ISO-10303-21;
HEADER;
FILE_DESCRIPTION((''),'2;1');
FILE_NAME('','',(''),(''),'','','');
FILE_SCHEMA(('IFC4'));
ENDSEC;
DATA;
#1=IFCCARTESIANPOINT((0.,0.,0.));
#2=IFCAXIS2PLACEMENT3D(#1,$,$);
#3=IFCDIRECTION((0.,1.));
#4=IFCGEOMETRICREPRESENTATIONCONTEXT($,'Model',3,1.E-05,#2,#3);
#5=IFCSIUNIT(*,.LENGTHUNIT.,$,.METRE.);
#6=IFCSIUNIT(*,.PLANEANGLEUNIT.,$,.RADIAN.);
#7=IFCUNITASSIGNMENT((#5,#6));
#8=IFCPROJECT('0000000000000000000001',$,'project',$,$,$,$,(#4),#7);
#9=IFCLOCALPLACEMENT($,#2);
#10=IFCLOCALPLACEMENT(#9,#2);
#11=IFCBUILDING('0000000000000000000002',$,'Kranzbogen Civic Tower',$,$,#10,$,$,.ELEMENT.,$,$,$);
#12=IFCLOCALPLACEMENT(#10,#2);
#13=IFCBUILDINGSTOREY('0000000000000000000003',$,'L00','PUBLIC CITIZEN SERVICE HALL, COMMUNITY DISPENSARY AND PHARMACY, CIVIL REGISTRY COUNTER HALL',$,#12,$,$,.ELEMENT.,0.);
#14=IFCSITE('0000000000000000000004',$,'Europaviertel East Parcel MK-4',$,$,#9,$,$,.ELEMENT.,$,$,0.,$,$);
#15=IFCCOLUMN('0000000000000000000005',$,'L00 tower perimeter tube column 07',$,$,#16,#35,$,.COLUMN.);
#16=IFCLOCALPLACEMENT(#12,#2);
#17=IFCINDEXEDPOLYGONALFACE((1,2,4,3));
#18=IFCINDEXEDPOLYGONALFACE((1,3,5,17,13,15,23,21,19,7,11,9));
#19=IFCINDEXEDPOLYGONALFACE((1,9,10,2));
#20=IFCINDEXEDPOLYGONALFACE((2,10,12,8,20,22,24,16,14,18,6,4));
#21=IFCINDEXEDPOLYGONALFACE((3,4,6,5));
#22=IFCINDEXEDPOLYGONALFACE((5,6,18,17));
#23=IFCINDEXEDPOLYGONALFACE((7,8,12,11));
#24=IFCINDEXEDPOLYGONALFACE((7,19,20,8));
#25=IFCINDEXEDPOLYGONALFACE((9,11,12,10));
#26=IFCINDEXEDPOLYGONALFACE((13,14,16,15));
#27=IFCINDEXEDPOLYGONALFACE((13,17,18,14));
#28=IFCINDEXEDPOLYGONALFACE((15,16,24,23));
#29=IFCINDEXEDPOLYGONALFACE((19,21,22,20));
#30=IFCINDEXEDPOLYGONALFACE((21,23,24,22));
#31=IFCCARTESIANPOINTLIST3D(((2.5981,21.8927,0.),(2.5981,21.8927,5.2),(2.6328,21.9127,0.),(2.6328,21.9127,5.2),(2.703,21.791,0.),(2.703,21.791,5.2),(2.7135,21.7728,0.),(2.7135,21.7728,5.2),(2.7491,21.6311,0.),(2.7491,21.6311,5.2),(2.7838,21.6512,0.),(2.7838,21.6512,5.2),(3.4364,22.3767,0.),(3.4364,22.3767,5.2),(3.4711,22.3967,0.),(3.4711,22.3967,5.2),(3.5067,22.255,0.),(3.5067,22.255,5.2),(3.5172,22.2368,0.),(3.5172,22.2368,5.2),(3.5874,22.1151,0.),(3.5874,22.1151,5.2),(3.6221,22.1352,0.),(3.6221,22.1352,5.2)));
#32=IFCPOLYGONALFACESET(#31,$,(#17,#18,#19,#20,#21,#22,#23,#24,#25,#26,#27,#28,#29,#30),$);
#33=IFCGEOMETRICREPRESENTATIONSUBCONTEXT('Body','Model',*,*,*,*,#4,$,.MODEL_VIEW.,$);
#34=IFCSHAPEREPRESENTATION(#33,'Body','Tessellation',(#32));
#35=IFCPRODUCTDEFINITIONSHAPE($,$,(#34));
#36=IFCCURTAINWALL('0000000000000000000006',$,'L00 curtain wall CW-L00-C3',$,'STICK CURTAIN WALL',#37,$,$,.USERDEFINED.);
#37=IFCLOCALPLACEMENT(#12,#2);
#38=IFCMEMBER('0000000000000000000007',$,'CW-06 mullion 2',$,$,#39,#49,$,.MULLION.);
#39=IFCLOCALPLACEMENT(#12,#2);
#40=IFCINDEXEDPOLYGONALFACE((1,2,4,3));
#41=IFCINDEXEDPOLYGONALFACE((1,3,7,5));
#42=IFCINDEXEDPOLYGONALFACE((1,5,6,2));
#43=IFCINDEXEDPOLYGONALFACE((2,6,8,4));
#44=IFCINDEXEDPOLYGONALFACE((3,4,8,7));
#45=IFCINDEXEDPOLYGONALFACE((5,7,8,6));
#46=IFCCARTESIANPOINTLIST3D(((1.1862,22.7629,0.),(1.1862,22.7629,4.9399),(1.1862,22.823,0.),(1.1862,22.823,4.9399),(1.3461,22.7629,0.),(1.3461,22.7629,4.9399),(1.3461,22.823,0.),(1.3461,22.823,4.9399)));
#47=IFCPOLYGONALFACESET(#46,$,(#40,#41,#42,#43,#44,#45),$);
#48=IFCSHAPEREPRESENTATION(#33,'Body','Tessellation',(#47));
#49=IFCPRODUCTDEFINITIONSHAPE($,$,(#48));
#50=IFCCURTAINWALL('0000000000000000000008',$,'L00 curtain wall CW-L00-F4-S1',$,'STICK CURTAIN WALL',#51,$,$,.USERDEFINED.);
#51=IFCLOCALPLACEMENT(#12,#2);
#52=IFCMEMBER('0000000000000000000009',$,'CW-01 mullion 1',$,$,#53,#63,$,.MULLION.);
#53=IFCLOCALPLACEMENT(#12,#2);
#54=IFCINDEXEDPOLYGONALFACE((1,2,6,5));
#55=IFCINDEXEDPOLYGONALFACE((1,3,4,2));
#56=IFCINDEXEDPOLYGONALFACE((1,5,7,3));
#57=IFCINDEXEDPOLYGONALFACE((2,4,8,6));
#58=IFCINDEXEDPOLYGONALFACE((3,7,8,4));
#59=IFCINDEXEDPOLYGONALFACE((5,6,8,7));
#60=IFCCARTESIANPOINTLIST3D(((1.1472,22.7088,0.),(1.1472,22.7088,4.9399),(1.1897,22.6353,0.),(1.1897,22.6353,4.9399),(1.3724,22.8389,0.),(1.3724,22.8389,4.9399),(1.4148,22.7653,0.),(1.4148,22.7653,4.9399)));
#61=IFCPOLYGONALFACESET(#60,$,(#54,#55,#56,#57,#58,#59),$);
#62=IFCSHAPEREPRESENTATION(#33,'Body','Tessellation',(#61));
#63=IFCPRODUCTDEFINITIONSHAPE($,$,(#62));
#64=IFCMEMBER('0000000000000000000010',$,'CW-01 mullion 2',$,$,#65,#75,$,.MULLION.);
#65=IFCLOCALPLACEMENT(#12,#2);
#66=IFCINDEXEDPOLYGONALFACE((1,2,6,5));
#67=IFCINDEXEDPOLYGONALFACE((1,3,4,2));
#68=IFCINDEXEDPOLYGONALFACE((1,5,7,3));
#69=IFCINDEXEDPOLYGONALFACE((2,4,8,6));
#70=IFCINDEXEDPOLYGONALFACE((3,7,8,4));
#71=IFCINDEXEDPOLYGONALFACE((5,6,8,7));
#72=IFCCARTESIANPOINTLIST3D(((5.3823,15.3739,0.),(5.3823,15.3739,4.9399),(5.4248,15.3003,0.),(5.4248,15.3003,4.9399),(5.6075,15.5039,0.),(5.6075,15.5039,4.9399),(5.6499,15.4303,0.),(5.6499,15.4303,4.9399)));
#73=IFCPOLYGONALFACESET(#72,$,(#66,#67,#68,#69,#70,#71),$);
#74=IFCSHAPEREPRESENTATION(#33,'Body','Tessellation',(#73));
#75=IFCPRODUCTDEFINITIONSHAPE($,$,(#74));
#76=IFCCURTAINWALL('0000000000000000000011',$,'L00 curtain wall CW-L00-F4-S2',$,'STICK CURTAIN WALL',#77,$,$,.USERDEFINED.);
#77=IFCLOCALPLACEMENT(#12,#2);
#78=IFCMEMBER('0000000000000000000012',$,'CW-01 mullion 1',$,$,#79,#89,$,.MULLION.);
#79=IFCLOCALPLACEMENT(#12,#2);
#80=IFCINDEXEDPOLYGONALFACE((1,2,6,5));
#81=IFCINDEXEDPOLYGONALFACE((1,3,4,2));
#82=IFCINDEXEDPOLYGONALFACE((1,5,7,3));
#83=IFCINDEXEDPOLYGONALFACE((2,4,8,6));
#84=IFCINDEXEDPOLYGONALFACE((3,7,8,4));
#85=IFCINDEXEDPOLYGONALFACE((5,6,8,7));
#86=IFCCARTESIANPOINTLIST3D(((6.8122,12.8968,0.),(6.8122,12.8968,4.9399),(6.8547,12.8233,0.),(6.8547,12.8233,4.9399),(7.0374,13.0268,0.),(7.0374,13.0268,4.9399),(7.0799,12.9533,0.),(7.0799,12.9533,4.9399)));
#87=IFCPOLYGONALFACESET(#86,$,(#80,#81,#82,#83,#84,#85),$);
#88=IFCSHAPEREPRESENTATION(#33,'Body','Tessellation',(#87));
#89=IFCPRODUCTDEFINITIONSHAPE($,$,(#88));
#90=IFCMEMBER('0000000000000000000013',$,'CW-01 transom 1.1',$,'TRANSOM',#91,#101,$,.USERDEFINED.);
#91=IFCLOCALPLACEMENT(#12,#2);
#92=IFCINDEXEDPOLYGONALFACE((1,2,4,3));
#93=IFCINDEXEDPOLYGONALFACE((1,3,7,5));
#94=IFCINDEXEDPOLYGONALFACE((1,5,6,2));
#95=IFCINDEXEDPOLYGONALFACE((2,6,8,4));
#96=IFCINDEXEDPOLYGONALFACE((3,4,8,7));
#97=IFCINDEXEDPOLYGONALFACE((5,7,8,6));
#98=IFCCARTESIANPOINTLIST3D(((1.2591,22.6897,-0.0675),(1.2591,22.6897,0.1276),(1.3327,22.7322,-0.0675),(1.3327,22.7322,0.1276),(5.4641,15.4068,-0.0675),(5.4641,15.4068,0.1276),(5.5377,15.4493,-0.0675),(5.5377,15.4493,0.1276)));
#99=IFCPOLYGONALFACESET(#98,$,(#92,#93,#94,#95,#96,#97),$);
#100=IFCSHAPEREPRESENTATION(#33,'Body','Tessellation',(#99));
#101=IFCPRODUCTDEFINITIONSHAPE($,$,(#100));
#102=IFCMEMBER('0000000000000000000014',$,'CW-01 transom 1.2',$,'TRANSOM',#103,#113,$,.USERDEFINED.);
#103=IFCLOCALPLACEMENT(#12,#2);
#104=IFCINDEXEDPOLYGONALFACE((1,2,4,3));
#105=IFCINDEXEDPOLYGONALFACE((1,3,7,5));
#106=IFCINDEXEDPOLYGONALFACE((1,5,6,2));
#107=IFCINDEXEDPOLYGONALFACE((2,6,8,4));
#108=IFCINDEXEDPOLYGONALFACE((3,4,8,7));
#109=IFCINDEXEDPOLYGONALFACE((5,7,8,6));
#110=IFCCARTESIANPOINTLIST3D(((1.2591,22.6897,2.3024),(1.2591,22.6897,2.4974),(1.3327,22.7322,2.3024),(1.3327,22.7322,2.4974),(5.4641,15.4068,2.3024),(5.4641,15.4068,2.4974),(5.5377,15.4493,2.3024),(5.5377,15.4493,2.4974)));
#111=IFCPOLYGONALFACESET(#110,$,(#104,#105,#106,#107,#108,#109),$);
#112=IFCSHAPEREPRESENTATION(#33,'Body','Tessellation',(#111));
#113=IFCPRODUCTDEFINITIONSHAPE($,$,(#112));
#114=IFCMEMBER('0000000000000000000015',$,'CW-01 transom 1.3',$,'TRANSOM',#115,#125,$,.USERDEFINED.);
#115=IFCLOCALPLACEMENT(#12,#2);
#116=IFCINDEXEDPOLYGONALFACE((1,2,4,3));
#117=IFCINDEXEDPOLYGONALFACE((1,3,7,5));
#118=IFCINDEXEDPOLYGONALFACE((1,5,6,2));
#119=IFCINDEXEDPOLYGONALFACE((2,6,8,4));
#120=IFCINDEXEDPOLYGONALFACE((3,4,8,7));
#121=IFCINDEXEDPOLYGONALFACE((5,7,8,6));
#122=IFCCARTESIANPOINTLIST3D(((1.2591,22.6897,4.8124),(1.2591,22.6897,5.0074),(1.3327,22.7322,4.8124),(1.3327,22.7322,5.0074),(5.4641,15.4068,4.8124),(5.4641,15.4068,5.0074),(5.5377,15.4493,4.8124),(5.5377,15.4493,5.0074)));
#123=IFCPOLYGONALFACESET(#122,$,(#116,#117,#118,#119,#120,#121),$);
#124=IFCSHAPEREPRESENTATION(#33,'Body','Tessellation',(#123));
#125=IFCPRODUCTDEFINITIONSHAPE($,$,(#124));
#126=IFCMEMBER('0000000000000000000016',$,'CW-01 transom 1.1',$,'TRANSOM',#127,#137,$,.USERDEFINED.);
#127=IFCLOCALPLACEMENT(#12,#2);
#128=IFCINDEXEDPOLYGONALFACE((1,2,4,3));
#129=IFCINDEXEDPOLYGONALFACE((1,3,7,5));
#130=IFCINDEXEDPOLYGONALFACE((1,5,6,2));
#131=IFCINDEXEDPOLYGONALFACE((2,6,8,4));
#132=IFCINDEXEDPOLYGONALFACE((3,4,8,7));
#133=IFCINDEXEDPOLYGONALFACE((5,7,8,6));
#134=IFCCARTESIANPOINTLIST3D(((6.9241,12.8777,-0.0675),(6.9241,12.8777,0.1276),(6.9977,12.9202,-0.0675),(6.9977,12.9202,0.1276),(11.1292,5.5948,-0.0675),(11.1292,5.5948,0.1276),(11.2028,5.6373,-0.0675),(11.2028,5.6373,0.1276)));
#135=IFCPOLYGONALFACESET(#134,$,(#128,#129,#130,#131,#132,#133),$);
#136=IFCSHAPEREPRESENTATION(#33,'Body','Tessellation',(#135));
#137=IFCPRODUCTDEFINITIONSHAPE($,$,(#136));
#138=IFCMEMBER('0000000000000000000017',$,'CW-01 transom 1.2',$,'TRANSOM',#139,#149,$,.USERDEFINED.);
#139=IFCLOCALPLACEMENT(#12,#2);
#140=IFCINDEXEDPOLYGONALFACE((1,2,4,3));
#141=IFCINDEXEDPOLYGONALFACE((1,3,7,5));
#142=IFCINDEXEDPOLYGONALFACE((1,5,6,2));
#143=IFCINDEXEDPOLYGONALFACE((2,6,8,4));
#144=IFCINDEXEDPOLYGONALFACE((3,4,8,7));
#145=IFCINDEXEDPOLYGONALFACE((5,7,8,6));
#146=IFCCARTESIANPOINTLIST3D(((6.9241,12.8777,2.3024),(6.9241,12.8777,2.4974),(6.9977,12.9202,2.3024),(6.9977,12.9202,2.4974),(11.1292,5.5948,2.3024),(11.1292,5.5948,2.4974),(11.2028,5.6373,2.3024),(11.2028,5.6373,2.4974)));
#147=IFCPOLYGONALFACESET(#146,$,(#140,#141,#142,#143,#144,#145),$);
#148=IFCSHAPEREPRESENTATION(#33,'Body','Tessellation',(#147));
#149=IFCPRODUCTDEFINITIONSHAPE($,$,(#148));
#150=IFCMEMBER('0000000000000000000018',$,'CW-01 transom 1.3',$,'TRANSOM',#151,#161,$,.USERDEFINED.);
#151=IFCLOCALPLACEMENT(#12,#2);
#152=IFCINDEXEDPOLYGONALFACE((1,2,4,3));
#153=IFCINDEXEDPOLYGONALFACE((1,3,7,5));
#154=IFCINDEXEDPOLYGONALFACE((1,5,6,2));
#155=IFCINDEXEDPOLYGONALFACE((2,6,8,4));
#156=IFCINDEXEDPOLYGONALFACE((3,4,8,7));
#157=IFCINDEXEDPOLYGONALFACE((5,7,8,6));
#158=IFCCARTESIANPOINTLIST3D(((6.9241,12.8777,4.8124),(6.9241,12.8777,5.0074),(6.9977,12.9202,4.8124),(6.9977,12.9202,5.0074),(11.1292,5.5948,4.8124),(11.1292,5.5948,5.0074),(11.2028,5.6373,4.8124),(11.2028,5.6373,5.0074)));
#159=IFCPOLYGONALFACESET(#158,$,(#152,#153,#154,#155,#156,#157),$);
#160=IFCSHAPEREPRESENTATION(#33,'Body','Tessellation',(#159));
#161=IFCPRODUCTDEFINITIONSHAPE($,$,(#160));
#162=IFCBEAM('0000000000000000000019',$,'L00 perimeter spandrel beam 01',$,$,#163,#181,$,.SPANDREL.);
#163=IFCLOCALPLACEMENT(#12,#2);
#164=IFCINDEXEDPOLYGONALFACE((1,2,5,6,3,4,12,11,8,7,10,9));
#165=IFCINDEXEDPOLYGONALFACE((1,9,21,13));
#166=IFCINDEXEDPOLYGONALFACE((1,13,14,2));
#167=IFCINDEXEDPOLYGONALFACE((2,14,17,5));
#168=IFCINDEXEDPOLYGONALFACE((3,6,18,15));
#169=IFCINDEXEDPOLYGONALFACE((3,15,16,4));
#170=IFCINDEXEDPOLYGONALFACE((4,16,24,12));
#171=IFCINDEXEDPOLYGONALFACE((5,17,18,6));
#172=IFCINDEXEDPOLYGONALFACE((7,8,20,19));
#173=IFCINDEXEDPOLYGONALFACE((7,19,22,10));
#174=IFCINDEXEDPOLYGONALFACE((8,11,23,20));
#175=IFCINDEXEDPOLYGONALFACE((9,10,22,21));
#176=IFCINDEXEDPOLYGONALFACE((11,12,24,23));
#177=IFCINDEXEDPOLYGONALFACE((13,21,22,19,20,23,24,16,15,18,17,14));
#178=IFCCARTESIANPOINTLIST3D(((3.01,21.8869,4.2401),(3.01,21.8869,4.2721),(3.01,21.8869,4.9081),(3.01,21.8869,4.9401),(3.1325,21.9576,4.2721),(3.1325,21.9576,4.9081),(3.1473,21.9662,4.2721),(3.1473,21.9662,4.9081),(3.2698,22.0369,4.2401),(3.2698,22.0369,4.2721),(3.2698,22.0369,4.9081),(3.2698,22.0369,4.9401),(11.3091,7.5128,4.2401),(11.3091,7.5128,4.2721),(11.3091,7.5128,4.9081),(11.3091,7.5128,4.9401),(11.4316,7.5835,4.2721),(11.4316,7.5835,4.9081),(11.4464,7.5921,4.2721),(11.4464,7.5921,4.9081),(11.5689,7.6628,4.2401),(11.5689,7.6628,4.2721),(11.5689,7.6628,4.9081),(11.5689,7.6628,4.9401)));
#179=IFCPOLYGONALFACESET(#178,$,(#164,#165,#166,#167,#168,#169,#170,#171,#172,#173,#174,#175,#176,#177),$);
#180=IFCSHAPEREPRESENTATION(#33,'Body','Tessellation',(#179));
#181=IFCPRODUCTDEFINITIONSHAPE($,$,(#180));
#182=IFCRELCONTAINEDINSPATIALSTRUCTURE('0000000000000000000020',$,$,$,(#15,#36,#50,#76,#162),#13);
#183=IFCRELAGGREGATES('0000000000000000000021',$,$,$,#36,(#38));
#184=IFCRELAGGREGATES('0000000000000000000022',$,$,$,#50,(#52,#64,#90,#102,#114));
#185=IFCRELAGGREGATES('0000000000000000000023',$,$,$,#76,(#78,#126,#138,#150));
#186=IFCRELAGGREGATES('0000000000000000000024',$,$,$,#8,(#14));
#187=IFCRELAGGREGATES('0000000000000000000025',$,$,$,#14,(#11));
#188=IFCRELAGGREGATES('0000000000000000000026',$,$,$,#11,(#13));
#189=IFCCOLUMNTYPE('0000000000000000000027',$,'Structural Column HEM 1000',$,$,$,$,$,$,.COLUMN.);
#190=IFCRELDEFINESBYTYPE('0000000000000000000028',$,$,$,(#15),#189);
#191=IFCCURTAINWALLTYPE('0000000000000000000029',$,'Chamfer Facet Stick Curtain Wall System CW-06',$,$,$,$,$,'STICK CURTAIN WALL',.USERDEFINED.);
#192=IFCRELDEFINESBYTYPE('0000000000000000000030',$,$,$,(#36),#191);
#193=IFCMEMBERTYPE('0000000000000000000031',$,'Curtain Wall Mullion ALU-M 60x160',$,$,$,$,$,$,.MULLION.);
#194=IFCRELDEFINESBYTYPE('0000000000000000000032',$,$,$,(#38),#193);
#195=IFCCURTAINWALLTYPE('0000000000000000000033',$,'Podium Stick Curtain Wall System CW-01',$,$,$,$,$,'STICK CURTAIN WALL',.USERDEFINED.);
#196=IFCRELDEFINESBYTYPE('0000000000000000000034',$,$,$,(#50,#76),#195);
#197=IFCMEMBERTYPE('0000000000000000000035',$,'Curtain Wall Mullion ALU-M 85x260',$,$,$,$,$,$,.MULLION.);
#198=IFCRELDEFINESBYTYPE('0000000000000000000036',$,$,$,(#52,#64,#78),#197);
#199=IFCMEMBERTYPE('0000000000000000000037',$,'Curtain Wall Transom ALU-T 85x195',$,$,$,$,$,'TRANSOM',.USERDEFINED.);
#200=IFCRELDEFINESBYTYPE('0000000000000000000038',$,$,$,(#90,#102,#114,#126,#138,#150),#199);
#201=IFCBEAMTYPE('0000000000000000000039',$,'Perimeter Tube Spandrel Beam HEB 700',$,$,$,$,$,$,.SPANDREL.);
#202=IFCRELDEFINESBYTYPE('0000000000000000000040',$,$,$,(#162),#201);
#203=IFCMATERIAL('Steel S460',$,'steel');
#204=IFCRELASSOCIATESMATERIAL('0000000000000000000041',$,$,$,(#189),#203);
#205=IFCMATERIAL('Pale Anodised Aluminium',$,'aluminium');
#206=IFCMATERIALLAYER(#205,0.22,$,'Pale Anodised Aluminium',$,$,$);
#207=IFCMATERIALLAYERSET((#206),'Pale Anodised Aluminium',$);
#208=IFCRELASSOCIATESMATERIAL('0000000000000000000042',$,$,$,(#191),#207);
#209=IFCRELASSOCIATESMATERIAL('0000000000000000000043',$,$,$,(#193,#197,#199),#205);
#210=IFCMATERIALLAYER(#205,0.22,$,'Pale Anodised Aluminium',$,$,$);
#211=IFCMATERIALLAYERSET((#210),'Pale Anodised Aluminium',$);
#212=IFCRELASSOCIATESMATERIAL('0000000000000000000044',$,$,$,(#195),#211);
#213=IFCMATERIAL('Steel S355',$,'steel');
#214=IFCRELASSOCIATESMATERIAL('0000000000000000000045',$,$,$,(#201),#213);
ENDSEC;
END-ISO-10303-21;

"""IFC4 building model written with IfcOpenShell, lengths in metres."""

from ifc_helpers import new_model, si_unit, direction, frame, origin, origin_2d, place, context, subcontext, project, spatial, rectangle, i_section, extrude, material, layer, layer_set, material_profile, profile_set, type_object, element, aggregate, save


model = new_model("IFC4")

# Units and contexts
model_context = context("Model", 3, precision=1e-05, world=origin(), true_north=direction((0.0, 1.0)))
body_context = subcontext(model_context, "Body", "Model", "MODEL_VIEW")
ifc_project = project(units=[si_unit("LENGTHUNIT", "METRE"), si_unit("PLANEANGLEUNIT", "RADIAN")], contexts=[model_context])

# Site, building, storey
site_placement = place(None, origin())
site = spatial("IfcSite", under=ifc_project, at=site_placement, Name="Europaviertel East Parcel MK-4", CompositionType="ELEMENT", RefElevation=0.0)
building_placement = place(site_placement, origin())
building = spatial("IfcBuilding", under=site, at=building_placement, Name="Kranzbogen Civic Tower", CompositionType="ELEMENT")
storey_placement = place(building_placement, origin())
storey = spatial("IfcBuildingStorey", under=building, at=storey_placement, Name="L00", Description="PUBLIC CITIZEN SERVICE HALL, COMMUNITY DISPENSARY AND PHARMACY, CIVIL REGISTRY COUNTER HALL", CompositionType="ELEMENT", Elevation=0.0)

# Column
ifc_material_1 = material(Name="Steel S460", Category="steel")
ifc_material_profile_1 = material_profile(ifc_material_1, i_section(OverallWidth=0.302, OverallDepth=1.0081, WebThickness=0.021, FlangeThickness=0.04, at=origin_2d()), Name="HEM 1000")
ifc_profile_set_1 = profile_set([ifc_material_profile_1], Name="Steel S460")
column_type = type_object("IfcColumnType", Name="Structural Column HEM 1000", PredefinedType="COLUMN", material=ifc_profile_set_1)
column_placement = place(storey_placement, frame((3.1101, 22.0139, 0.0), z_axis=(0.0, 0.0, 1.0), x_axis=(-0.5, 0.866025, 0.0)))
element("IfcColumn", 1, at=column_placement, inside=storey, type_object=column_type, Name="L00 tower perimeter tube column 07", PredefinedType="COLUMN", context=body_context, shape_type="SweptSolid", body=[
    extrude(i_section(OverallWidth=0.302, OverallDepth=1.0081, WebThickness=0.021, FlangeThickness=0.04, at=origin_2d()), origin(), (0.0, 0.0, 1.0), 5.2),
])

# Curtain wall, member
ifc_material_2 = material(Name="Pale Anodised Aluminium", Category="aluminium")
ifc_layer_1 = layer(ifc_material_2, 0.22, Name="Pale Anodised Aluminium")
ifc_layer_set_1 = layer_set([ifc_layer_1], Name="Pale Anodised Aluminium")
curtain_wall_type_1 = type_object("IfcCurtainWallType", Name="Chamfer Facet Stick Curtain Wall System CW-06", ElementType="STICK CURTAIN WALL", PredefinedType="USERDEFINED", material=ifc_layer_set_1)
curtain_wall_1_placement = place(storey_placement, origin())
curtain_wall_1 = element("IfcCurtainWall", 2, at=curtain_wall_1_placement, inside=storey, type_object=curtain_wall_type_1, Name="L00 curtain wall CW-L00-C3", ObjectType="STICK CURTAIN WALL", PredefinedType="USERDEFINED")
ifc_material_profile_2 = material_profile(ifc_material_2, rectangle(XDim=0.0601, YDim=0.1599, at=origin_2d()), Name="ALU-M 60x160")
ifc_profile_set_2 = profile_set([ifc_material_profile_2], Name="Pale Anodised Aluminium")
member_type_1 = type_object("IfcMemberType", Name="Curtain Wall Mullion ALU-M 60x160", PredefinedType="MULLION", material=ifc_profile_set_2)
member_1_placement = place(storey_placement, frame((1.2661, 22.793, 0.0), z_axis=(0.0, 0.0, 1.0), x_axis=(0.0, -1.0, 0.0)))
member_1 = element("IfcMember", 3, at=member_1_placement, type_object=member_type_1, Name="CW-06 mullion 2", PredefinedType="MULLION", context=body_context, shape_type="SweptSolid", body=[
    extrude(rectangle(XDim=0.0601, YDim=0.1599, at=origin_2d()), origin(), (0.0, 0.0, 1.0), 4.9399),
])
aggregate(curtain_wall_1, [member_1])

# Curtain wall, members
ifc_layer_2 = layer(ifc_material_2, 0.22, Name="Pale Anodised Aluminium")
ifc_layer_set_2 = layer_set([ifc_layer_2], Name="Pale Anodised Aluminium")
curtain_wall_type_2 = type_object("IfcCurtainWallType", Name="Podium Stick Curtain Wall System CW-01", ElementType="STICK CURTAIN WALL", PredefinedType="USERDEFINED", material=ifc_layer_set_2)
curtain_wall_2_placement = place(storey_placement, origin())
curtain_wall_2 = element("IfcCurtainWall", 4, at=curtain_wall_2_placement, inside=storey, type_object=curtain_wall_type_2, Name="L00 curtain wall CW-L00-F4-S1", ObjectType="STICK CURTAIN WALL", PredefinedType="USERDEFINED")
ifc_material_profile_3 = material_profile(ifc_material_2, rectangle(XDim=0.085, YDim=0.26, at=origin_2d()), Name="ALU-M 85x260")
ifc_profile_set_3 = profile_set([ifc_material_profile_3], Name="Pale Anodised Aluminium")
member_type_2 = type_object("IfcMemberType", Name="Curtain Wall Mullion ALU-M 85x260", PredefinedType="MULLION", material=ifc_profile_set_3)
member_2_placement = place(storey_placement, frame((1.281, 22.7371, 0.0), z_axis=(0.0, 0.0, 1.0), x_axis=(0.50001, -0.86602, 0.0)))
member_2 = element("IfcMember", 5, at=member_2_placement, type_object=member_type_2, Name="CW-01 mullion 1", PredefinedType="MULLION", context=body_context, shape_type="SweptSolid", body=[
    extrude(rectangle(XDim=0.085, YDim=0.26, at=origin_2d()), origin(), (0.0, 0.0, 1.0), 4.9399),
])
member_3_placement = place(storey_placement, frame((5.5161, 15.4021, 0.0), z_axis=(0.0, 0.0, 1.0), x_axis=(0.50001, -0.86602, 0.0)))
member_3 = element("IfcMember", 6, at=member_3_placement, type_object=member_type_2, Name="CW-01 mullion 2", PredefinedType="MULLION", context=body_context, shape_type="SweptSolid", body=[
    extrude(rectangle(XDim=0.085, YDim=0.26, at=origin_2d()), origin(), (0.0, 0.0, 1.0), 4.9399),
])

# Curtain wall, member
curtain_wall_3_placement = place(storey_placement, origin())
curtain_wall_3 = element("IfcCurtainWall", 7, at=curtain_wall_3_placement, inside=storey, type_object=curtain_wall_type_2, Name="L00 curtain wall CW-L00-F4-S2", ObjectType="STICK CURTAIN WALL", PredefinedType="USERDEFINED")
member_4_placement = place(storey_placement, frame((6.946, 12.925, 0.0), z_axis=(0.0, 0.0, 1.0), x_axis=(0.50001, -0.86602, 0.0)))
member_4 = element("IfcMember", 8, at=member_4_placement, type_object=member_type_2, Name="CW-01 mullion 1", PredefinedType="MULLION", context=body_context, shape_type="SweptSolid", body=[
    extrude(rectangle(XDim=0.085, YDim=0.26, at=origin_2d()), origin(), (0.0, 0.0, 1.0), 4.9399),
])

# Members
ifc_material_profile_4 = material_profile(ifc_material_2, rectangle(XDim=0.085, YDim=0.1951, at=origin_2d()), Name="ALU-T 85x195")
ifc_profile_set_4 = profile_set([ifc_material_profile_4], Name="Pale Anodised Aluminium")
member_type_3 = type_object("IfcMemberType", Name="Curtain Wall Transom ALU-T 85x195", ElementType="TRANSOM", PredefinedType="USERDEFINED", material=ifc_profile_set_4)
member_5_placement = place(storey_placement, frame((1.2959, 22.7109, 0.03), z_axis=(0.500023, -0.866012, 0.0), x_axis=(0.866012, 0.500023, 0.0)))
member_5 = element("IfcMember", 9, at=member_5_placement, type_object=member_type_3, Name="CW-01 transom 1.1", ObjectType="TRANSOM", PredefinedType="USERDEFINED", context=body_context, shape_type="SweptSolid", body=[
    extrude(rectangle(XDim=0.085, YDim=0.1951, at=origin_2d()), origin(), (0.0, 0.0, 1.0), 8.4097),
])
member_6_placement = place(storey_placement, frame((1.2959, 22.7109, 2.3999), z_axis=(0.500023, -0.866012, 0.0), x_axis=(0.866012, 0.500023, 0.0)))
member_6 = element("IfcMember", 10, at=member_6_placement, type_object=member_type_3, Name="CW-01 transom 1.2", ObjectType="TRANSOM", PredefinedType="USERDEFINED", context=body_context, shape_type="SweptSolid", body=[
    extrude(rectangle(XDim=0.085, YDim=0.1951, at=origin_2d()), origin(), (0.0, 0.0, 1.0), 8.4097),
])
member_7_placement = place(storey_placement, frame((1.2959, 22.7109, 4.9099), z_axis=(0.500023, -0.866012, 0.0), x_axis=(0.866012, 0.500023, 0.0)))
member_7 = element("IfcMember", 11, at=member_7_placement, type_object=member_type_3, Name="CW-01 transom 1.3", ObjectType="TRANSOM", PredefinedType="USERDEFINED", context=body_context, shape_type="SweptSolid", body=[
    extrude(rectangle(XDim=0.085, YDim=0.1951, at=origin_2d()), origin(), (0.0, 0.0, 1.0), 8.4097),
])
member_8_placement = place(storey_placement, frame((6.9609, 12.8989, 0.03), z_axis=(0.500023, -0.866012, 0.0), x_axis=(0.866012, 0.500023, 0.0)))
member_8 = element("IfcMember", 12, at=member_8_placement, type_object=member_type_3, Name="CW-01 transom 1.1", ObjectType="TRANSOM", PredefinedType="USERDEFINED", context=body_context, shape_type="SweptSolid", body=[
    extrude(rectangle(XDim=0.085, YDim=0.1951, at=origin_2d()), origin(), (0.0, 0.0, 1.0), 8.4097),
])
member_9_placement = place(storey_placement, frame((6.9609, 12.8989, 2.3999), z_axis=(0.500023, -0.866012, 0.0), x_axis=(0.866012, 0.500023, 0.0)))
member_9 = element("IfcMember", 13, at=member_9_placement, type_object=member_type_3, Name="CW-01 transom 1.2", ObjectType="TRANSOM", PredefinedType="USERDEFINED", context=body_context, shape_type="SweptSolid", body=[
    extrude(rectangle(XDim=0.085, YDim=0.1951, at=origin_2d()), origin(), (0.0, 0.0, 1.0), 8.4097),
])
member_10_placement = place(storey_placement, frame((6.9609, 12.8989, 4.9099), z_axis=(0.500023, -0.866012, 0.0), x_axis=(0.866012, 0.500023, 0.0)))
member_10 = element("IfcMember", 14, at=member_10_placement, type_object=member_type_3, Name="CW-01 transom 1.3", ObjectType="TRANSOM", PredefinedType="USERDEFINED", context=body_context, shape_type="SweptSolid", body=[
    extrude(rectangle(XDim=0.085, YDim=0.1951, at=origin_2d()), origin(), (0.0, 0.0, 1.0), 8.4097),
])

# Beam
ifc_material_3 = material(Name="Steel S355", Category="steel")
ifc_material_profile_5 = material_profile(ifc_material_3, i_section(OverallWidth=0.3, OverallDepth=0.7, WebThickness=0.0171, FlangeThickness=0.032, at=origin_2d()), Name="HEB 700")
ifc_profile_set_5 = profile_set([ifc_material_profile_5], Name="Steel S355")
beam_type_1 = type_object("IfcBeamType", Name="Perimeter Tube Spandrel Beam HEB 700", PredefinedType="SPANDREL", material=ifc_profile_set_5)
beam_1_placement = place(storey_placement, frame((3.1399, 21.9619, 4.5901), z_axis=(0.50001, -0.86602, 0.0), x_axis=(0.86602, 0.50001, 0.0)))
element("IfcBeam", 15, at=beam_1_placement, inside=storey, type_object=beam_type_1, Name="L00 perimeter spandrel beam 01", PredefinedType="SPANDREL", context=body_context, shape_type="SweptSolid", body=[
    extrude(i_section(OverallWidth=0.3, OverallDepth=0.7, WebThickness=0.0171, FlangeThickness=0.032, at=origin_2d()), origin(), (0.0, 0.0, 1.0), 16.5979),
])

aggregate(curtain_wall_2, [member_2, member_3, member_5, member_6, member_7])
aggregate(curtain_wall_3, [member_4, member_8, member_9, member_10])

save(model, "model.ifc")
